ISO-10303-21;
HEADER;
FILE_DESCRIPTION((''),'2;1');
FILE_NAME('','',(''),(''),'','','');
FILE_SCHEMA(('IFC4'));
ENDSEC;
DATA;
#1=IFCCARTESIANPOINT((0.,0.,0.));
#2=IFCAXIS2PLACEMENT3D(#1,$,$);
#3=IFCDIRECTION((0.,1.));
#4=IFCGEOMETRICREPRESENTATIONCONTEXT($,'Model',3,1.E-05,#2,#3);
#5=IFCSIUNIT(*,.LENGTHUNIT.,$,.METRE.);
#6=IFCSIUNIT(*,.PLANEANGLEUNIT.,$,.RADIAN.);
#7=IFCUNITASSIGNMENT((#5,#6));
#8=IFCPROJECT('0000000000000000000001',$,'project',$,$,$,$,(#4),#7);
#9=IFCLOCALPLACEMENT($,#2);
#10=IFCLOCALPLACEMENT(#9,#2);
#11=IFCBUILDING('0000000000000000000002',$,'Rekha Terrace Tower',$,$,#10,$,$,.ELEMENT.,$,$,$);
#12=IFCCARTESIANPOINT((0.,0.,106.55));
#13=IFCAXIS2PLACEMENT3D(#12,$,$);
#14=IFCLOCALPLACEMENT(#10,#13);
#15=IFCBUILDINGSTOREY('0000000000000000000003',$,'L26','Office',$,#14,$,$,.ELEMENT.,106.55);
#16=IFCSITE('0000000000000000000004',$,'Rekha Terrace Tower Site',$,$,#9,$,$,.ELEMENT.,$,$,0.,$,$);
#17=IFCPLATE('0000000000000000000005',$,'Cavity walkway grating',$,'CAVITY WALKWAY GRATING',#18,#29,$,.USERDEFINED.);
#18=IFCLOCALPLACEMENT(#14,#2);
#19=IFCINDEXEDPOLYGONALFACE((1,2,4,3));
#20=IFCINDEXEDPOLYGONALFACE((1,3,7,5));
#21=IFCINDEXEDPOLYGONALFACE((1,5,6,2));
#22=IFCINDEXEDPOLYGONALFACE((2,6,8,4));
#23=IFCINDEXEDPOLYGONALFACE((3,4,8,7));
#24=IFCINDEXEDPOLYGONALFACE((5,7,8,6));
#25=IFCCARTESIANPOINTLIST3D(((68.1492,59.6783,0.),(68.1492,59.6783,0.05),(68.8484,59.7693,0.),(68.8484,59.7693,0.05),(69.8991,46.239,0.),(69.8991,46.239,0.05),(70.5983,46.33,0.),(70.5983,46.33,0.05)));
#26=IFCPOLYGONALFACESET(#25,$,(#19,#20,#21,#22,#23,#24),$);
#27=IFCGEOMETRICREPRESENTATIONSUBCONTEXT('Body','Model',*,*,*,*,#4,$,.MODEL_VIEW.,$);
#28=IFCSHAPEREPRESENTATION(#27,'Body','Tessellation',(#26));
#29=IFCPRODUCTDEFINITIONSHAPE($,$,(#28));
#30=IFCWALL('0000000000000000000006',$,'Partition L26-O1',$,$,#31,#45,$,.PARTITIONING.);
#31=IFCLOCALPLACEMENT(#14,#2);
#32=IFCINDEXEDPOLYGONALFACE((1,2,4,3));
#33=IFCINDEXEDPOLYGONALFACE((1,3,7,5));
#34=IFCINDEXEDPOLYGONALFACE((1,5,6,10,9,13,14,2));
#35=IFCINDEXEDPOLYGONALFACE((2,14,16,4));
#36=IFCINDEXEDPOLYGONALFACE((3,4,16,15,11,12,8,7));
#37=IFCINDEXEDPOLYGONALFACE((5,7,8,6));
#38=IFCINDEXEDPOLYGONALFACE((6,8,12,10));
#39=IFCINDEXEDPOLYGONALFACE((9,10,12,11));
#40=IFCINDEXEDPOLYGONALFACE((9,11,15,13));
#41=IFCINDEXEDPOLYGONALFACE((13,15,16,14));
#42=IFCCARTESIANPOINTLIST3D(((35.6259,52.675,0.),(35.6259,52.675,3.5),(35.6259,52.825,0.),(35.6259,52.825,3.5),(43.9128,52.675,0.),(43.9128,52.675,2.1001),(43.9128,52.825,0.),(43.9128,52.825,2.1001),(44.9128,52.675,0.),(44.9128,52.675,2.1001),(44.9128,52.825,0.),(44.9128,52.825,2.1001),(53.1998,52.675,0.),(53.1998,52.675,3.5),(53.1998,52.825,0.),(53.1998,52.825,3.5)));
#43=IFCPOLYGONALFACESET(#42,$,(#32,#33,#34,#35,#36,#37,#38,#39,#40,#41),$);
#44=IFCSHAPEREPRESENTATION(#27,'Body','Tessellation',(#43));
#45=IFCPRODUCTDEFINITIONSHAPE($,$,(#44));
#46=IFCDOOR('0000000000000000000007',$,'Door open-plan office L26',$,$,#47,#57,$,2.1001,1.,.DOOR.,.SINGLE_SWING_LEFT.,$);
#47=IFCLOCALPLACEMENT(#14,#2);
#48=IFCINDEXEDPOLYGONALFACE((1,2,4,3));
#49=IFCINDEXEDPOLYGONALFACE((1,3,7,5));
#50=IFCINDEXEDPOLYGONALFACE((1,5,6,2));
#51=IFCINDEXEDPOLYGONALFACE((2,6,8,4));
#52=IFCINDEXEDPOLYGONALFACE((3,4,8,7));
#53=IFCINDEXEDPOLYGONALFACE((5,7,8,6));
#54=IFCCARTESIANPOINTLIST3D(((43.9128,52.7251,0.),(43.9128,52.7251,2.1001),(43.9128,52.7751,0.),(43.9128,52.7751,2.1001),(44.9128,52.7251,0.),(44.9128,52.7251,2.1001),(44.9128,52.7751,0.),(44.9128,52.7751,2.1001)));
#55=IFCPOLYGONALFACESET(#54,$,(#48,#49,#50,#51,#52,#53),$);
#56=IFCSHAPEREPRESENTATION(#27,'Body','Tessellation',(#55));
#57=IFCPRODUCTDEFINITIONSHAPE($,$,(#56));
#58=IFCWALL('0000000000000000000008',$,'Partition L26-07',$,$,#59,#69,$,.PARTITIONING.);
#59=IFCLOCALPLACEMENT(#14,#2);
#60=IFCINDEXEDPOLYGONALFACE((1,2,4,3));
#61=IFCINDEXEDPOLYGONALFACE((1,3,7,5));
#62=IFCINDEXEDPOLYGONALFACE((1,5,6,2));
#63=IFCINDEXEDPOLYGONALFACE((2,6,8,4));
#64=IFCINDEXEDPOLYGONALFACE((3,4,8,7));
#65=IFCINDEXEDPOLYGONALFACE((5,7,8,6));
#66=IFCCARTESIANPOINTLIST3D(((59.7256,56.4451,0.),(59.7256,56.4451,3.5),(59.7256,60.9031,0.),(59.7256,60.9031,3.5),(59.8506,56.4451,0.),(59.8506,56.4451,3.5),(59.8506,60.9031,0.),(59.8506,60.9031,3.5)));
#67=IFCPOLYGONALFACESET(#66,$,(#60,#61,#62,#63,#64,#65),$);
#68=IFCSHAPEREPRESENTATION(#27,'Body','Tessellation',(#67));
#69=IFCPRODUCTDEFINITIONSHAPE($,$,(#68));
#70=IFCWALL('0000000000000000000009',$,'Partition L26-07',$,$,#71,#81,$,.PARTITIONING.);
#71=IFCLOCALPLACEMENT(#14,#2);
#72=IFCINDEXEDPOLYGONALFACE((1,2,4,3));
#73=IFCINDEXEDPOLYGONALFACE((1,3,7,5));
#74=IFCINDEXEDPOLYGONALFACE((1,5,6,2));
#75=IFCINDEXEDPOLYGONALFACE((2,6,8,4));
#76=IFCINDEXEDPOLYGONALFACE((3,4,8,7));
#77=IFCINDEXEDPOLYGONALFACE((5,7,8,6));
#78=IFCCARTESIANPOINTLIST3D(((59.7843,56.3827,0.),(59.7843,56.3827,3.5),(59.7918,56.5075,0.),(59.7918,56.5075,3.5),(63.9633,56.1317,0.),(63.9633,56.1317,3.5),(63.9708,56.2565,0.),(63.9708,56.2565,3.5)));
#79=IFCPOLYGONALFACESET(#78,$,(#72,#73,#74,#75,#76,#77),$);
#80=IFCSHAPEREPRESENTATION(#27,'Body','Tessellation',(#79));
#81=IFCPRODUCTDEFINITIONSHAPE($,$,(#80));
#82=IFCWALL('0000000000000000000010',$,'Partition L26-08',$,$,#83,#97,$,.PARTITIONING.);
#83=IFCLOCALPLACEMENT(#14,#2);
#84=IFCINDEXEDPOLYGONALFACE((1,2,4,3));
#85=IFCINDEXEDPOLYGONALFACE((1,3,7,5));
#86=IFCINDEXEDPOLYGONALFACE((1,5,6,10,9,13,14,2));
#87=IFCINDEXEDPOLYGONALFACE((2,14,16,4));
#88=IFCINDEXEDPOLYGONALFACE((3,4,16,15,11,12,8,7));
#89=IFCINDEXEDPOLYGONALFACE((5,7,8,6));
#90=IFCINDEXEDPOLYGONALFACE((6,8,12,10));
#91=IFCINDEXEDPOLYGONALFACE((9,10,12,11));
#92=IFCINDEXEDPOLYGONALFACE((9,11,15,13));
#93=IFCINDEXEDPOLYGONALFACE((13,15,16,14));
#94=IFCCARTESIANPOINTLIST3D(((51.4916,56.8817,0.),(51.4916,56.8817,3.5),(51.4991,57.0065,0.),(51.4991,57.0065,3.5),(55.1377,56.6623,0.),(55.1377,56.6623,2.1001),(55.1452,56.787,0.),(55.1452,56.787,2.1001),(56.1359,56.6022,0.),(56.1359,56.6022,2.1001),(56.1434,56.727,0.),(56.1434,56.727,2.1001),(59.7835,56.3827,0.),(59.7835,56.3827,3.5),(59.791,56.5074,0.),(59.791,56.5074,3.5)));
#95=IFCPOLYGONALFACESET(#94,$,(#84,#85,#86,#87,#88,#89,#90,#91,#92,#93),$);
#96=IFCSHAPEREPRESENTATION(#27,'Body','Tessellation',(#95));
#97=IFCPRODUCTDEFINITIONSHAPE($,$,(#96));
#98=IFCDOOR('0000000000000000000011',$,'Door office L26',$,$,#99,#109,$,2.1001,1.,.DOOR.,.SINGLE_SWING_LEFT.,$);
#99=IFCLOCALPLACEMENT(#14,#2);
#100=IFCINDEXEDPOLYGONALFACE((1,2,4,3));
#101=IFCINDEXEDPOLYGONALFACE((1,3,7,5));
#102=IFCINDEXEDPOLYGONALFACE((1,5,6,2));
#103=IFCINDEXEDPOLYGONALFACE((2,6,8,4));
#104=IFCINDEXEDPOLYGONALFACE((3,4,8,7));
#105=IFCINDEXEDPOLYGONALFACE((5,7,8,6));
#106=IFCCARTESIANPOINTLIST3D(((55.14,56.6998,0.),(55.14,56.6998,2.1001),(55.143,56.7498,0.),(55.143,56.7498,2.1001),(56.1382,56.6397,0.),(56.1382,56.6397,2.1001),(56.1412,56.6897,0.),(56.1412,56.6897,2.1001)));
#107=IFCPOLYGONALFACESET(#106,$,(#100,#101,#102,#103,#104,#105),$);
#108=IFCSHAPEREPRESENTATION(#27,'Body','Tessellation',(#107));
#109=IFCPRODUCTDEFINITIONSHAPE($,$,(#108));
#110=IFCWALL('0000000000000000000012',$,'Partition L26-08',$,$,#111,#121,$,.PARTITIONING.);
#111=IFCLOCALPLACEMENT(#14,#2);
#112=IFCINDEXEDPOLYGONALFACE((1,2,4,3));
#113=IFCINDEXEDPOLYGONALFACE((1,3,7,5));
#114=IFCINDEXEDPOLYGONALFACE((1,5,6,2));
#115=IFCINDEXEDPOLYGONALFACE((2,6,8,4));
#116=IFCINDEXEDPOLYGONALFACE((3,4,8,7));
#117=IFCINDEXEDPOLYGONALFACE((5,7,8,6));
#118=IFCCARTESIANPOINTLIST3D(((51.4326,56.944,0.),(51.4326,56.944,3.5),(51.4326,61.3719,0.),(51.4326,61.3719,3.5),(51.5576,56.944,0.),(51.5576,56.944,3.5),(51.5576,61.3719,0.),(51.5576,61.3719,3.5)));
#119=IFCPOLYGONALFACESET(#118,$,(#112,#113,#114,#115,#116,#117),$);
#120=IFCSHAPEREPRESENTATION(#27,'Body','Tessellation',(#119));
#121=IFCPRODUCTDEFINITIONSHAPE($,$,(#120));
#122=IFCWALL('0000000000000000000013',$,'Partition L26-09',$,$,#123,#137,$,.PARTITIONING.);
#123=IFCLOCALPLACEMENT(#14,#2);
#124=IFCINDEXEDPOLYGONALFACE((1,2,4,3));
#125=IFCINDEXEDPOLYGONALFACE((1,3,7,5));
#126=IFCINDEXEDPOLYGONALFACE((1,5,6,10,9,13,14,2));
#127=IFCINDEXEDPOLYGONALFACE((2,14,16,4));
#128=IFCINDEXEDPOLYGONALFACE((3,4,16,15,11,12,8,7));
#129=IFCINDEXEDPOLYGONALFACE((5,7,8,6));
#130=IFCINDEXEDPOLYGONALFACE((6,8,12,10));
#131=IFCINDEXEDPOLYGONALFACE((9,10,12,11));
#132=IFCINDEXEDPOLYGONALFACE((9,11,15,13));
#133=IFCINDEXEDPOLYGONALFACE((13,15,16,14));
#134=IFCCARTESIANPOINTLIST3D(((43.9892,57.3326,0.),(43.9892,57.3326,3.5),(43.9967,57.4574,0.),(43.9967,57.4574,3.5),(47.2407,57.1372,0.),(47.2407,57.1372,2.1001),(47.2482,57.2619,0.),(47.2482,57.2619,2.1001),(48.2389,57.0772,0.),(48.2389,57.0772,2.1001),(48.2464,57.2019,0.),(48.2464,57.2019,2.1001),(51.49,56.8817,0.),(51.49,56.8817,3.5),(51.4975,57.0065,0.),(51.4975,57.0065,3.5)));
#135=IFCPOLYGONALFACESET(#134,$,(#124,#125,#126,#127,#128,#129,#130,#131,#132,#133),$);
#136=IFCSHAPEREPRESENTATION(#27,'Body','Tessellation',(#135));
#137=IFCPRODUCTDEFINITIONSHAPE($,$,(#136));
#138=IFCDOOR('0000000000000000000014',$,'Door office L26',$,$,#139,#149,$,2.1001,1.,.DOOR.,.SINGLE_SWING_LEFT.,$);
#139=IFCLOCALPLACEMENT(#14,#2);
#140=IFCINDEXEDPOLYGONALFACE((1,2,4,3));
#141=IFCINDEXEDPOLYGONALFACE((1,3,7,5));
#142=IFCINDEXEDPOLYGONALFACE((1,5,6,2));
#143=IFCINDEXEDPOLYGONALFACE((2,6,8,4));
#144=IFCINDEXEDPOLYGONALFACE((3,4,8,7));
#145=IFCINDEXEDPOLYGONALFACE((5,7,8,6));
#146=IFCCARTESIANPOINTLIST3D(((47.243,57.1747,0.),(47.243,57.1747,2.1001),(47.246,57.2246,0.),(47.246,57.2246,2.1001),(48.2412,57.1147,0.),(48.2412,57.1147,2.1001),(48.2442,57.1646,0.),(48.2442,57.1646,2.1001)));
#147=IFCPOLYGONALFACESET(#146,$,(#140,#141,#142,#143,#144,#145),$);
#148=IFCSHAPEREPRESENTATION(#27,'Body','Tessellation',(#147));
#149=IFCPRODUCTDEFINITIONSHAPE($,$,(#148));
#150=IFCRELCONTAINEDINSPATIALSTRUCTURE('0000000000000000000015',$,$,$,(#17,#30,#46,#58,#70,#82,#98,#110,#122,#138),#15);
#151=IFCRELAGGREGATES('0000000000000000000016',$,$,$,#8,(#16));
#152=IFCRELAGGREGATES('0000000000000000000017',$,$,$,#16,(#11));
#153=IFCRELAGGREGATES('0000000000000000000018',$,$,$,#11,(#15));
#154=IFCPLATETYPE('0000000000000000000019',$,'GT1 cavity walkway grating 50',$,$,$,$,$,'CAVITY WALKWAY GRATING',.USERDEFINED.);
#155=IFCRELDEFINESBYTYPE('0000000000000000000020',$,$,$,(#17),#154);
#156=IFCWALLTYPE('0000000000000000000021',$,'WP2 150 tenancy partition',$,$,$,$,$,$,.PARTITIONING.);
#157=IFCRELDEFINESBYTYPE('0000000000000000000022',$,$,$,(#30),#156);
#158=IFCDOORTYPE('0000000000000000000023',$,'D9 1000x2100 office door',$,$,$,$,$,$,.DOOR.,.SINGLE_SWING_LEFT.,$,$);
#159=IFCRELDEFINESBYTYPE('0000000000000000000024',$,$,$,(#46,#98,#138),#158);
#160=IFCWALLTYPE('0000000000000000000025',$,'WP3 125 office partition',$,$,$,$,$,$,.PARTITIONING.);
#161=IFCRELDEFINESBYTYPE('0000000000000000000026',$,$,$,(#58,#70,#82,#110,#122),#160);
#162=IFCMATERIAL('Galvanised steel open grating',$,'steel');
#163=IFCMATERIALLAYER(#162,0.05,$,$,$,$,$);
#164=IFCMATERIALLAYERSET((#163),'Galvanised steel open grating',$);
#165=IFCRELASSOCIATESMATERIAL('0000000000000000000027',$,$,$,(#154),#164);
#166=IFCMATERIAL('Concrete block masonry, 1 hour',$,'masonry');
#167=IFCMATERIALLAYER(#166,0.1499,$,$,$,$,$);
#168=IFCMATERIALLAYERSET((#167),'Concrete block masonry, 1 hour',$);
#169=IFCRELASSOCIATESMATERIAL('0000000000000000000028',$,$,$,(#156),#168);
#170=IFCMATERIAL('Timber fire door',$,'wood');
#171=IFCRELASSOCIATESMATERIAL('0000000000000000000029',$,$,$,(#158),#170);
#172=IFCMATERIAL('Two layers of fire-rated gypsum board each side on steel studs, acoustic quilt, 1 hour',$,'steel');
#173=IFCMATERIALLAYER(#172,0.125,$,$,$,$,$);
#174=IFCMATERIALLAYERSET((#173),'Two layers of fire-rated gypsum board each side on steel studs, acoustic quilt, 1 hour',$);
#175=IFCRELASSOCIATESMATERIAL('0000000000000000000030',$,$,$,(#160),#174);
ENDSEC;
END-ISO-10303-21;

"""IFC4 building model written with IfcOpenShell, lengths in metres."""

from ifc_helpers import new_model, si_unit, direction, frame, frame_2d, origin, origin_2d, place, context, subcontext, project, spatial, rectangle, extrude, material, layer, layer_set, type_object, element, fill, save


model = new_model("IFC4")

# Units and contexts
model_context = context("Model", 3, precision=1e-05, world=origin(), true_north=direction((0.0, 1.0)))
body_context = subcontext(model_context, "Body", "Model", "MODEL_VIEW")
ifc_project = project(units=[si_unit("LENGTHUNIT", "METRE"), si_unit("PLANEANGLEUNIT", "RADIAN")], contexts=[model_context])

# Site, building, storey
site_placement = place(None, origin())
site = spatial("IfcSite", under=ifc_project, at=site_placement, Name="Rekha Terrace Tower Site", CompositionType="ELEMENT", RefElevation=0.0)
building_placement = place(site_placement, origin())
building = spatial("IfcBuilding", under=site, at=building_placement, Name="Rekha Terrace Tower", CompositionType="ELEMENT")
storey_placement = place(building_placement, frame((0.0, 0.0, 106.55)))
storey = spatial("IfcBuildingStorey", under=building, at=storey_placement, Name="L26", Description="Office", CompositionType="ELEMENT", Elevation=106.55)

# Plate
ifc_material_1 = material(Name="Galvanised steel open grating", Category="steel")
ifc_layer_1 = layer(ifc_material_1, 0.05)
ifc_layer_set_1 = layer_set([ifc_layer_1], Name="Galvanised steel open grating")
plate_type_1 = type_object("IfcPlateType", Name="GT1 cavity walkway grating 50", ElementType="CAVITY WALKWAY GRATING", PredefinedType="USERDEFINED", material=ifc_layer_set_1)
plate_1_placement = place(storey_placement, frame((69.3738, 53.0042, 0.0), z_axis=(0.0, 0.0, 1.0), x_axis=(-0.129118, 0.991629, 0.0)))
element("IfcPlate", 1, at=plate_1_placement, inside=storey, type_object=plate_type_1, Name="Cavity walkway grating", ObjectType="CAVITY WALKWAY GRATING", PredefinedType="USERDEFINED", context=body_context, shape_type="SweptSolid", body=[
    extrude(rectangle(XDim=13.5527, YDim=0.7051, at=origin_2d()), origin(), (0.0, 0.0, 1.0), 0.05),
])

# Wall, opening, door
ifc_material_2 = material(Name="Concrete block masonry, 1 hour", Category="masonry")
ifc_layer_2 = layer(ifc_material_2, 0.1499)
ifc_layer_set_2 = layer_set([ifc_layer_2], Name="Concrete block masonry, 1 hour")
wall_type_1 = type_object("IfcWallType", Name="WP2 150 tenancy partition", PredefinedType="PARTITIONING", material=ifc_layer_set_2)
wall_1_placement = place(storey_placement, frame((53.2, 52.75, 0.0), z_axis=(0.0, 0.0, 1.0), x_axis=(-1.0, 0.0, 0.0)))
wall_1 = element("IfcWall", 2, at=wall_1_placement, inside=storey, type_object=wall_type_1, Name="Partition L26-O1", PredefinedType="PARTITIONING", context=body_context, shape_type="SweptSolid", body=[
    extrude(rectangle(XDim=17.574, YDim=0.1499, at=frame_2d((8.7871, 0.0))), origin(), (0.0, 0.0, 1.0), 3.5),
])
opening_1_placement = place(wall_1_placement, frame((8.2871, 0.0, 0.0)))
opening_1 = element("IfcOpeningElement", 3, at=opening_1_placement, cuts=wall_1, PredefinedType="OPENING", context=body_context, shape_type="SweptSolid", body=[
    extrude(rectangle(XDim=1.0, YDim=2.1001, at=frame_2d((0.5, 1.05))), frame((0.0, 0.085, 0.0), z_axis=(0.0, -1.0, 0.0), x_axis=(1.0, 0.0, 0.0)), (0.0, 0.0, 1.0), 0.1699),
])
ifc_material_3 = material(Name="Timber fire door", Category="wood")
door_type = type_object("IfcDoorType", Name="D9 1000x2100 office door", OperationType="SINGLE_SWING_LEFT", PredefinedType="DOOR", material=ifc_material_3)
door_1_placement = place(opening_1_placement, origin())
door_1 = element("IfcDoor", 4, at=door_1_placement, inside=storey, type_object=door_type, Name="Door open-plan office L26", OperationType="SINGLE_SWING_LEFT", OverallHeight=2.1001, OverallWidth=1.0, PredefinedType="DOOR", context=body_context, shape_type="SweptSolid", body=[
    extrude(rectangle(XDim=1.0, YDim=2.1001, at=frame_2d((0.5, 1.05))), frame((0.0, 0.0249, 0.0), z_axis=(0.0, -1.0, 0.0), x_axis=(1.0, 0.0, 0.0)), (0.0, 0.0, 1.0), 0.05),
])
fill(opening_1, door_1)

# Walls
ifc_material_4 = material(Name="Two layers of fire-rated gypsum board each side on steel studs, acoustic quilt, 1 hour", Category="steel")
ifc_layer_3 = layer(ifc_material_4, 0.125)
ifc_layer_set_3 = layer_set([ifc_layer_3], Name="Two layers of fire-rated gypsum board each side on steel studs, acoustic quilt, 1 hour")
wall_type_2 = type_object("IfcWallType", Name="WP3 125 office partition", PredefinedType="PARTITIONING", material=ifc_layer_set_3)
wall_2_placement = place(storey_placement, frame((59.7881, 56.4451, 0.0), z_axis=(0.0, 0.0, 1.0), x_axis=(0.0, 1.0, 0.0)))
element("IfcWall", 5, at=wall_2_placement, inside=storey, type_object=wall_type_2, Name="Partition L26-07", PredefinedType="PARTITIONING", context=body_context, shape_type="SweptSolid", body=[
    extrude(rectangle(XDim=4.458, YDim=0.125, at=frame_2d((2.229, 0.0))), origin(), (0.0, 0.0, 1.0), 3.5),
])
wall_3_placement = place(storey_placement, frame((63.967, 56.1941, 0.0), z_axis=(0.0, 0.0, 1.0), x_axis=(-0.998201, 0.059949, 0.0)))
element("IfcWall", 6, at=wall_3_placement, inside=storey, type_object=wall_type_2, Name="Partition L26-07", PredefinedType="PARTITIONING", context=body_context, shape_type="SweptSolid", body=[
    extrude(rectangle(XDim=4.1865, YDim=0.125, at=frame_2d((2.0933, 0.0))), origin(), (0.0, 0.0, 1.0), 3.5),
])

# Wall, opening, door
wall_4_placement = place(storey_placement, frame((59.7871, 56.4451, 0.0), z_axis=(0.0, 0.0, 1.0), x_axis=(-0.998194, 0.060073, 0.0)))
wall_4 = element("IfcWall", 7, at=wall_4_placement, inside=storey, type_object=wall_type_2, Name="Partition L26-08", PredefinedType="PARTITIONING", context=body_context, shape_type="SweptSolid", body=[
    extrude(rectangle(XDim=8.3069, YDim=0.125, at=frame_2d((4.1533, 0.0))), origin(), (0.0, 0.0, 1.0), 3.5),
])
opening_2_placement = place(wall_4_placement, frame((3.6541, 0.0, 0.0)))
opening_2 = element("IfcOpeningElement", 8, at=opening_2_placement, cuts=wall_4, PredefinedType="OPENING", context=body_context, shape_type="SweptSolid", body=[
    extrude(rectangle(XDim=1.0, YDim=2.1001, at=frame_2d((0.5, 1.05))), frame((0.0, 0.0725, 0.0), z_axis=(0.0, -1.0, 0.0), x_axis=(1.0, 0.0, 0.0)), (0.0, 0.0, 1.0), 0.145),
])
door_2_placement = place(opening_2_placement, origin())
door_2 = element("IfcDoor", 9, at=door_2_placement, inside=storey, type_object=door_type, Name="Door office L26", OperationType="SINGLE_SWING_LEFT", OverallHeight=2.1001, OverallWidth=1.0, PredefinedType="DOOR", context=body_context, shape_type="SweptSolid", body=[
    extrude(rectangle(XDim=1.0, YDim=2.1001, at=frame_2d((0.5, 1.05))), frame((0.0, 0.0249, 0.0), z_axis=(0.0, -1.0, 0.0), x_axis=(1.0, 0.0, 0.0)), (0.0, 0.0, 1.0), 0.05),
])
fill(opening_2, door_2)

# Wall
wall_5_placement = place(storey_placement, frame((51.4951, 56.9441, 0.0), z_axis=(0.0, 0.0, 1.0), x_axis=(0.0, 1.0, 0.0)))
element("IfcWall", 10, at=wall_5_placement, inside=storey, type_object=wall_type_2, Name="Partition L26-08", PredefinedType="PARTITIONING", context=body_context, shape_type="SweptSolid", body=[
    extrude(rectangle(XDim=4.428, YDim=0.125, at=frame_2d((2.2139, 0.0))), origin(), (0.0, 0.0, 1.0), 3.5),
])

# Wall, opening, door
wall_6_placement = place(storey_placement, frame((51.4939, 56.9441, 0.0), z_axis=(0.0, 0.0, 1.0), x_axis=(-0.998198, 0.060008, 0.0)))
wall_6 = element("IfcWall", 11, at=wall_6_placement, inside=storey, type_object=wall_type_2, Name="Partition L26-09", PredefinedType="PARTITIONING", context=body_context, shape_type="SweptSolid", body=[
    extrude(rectangle(XDim=7.5144, YDim=0.125, at=frame_2d((3.7573, 0.0))), origin(), (0.0, 0.0, 1.0), 3.5),
])
opening_3_placement = place(wall_6_placement, frame((3.2571, 0.0, 0.0)))
opening_3 = element("IfcOpeningElement", 12, at=opening_3_placement, cuts=wall_6, PredefinedType="OPENING", context=body_context, shape_type="SweptSolid", body=[
    extrude(rectangle(XDim=1.0, YDim=2.1001, at=frame_2d((0.5, 1.05))), frame((0.0, 0.0725, 0.0), z_axis=(0.0, -1.0, 0.0), x_axis=(1.0, 0.0, 0.0)), (0.0, 0.0, 1.0), 0.145),
])
door_3_placement = place(opening_3_placement, origin())
door_3 = element("IfcDoor", 13, at=door_3_placement, inside=storey, type_object=door_type, Name="Door office L26", OperationType="SINGLE_SWING_LEFT", OverallHeight=2.1001, OverallWidth=1.0, PredefinedType="DOOR", context=body_context, shape_type="SweptSolid", body=[
    extrude(rectangle(XDim=1.0, YDim=2.1001, at=frame_2d((0.5, 1.05))), frame((0.0, 0.0249, 0.0), z_axis=(0.0, -1.0, 0.0), x_axis=(1.0, 0.0, 0.0)), (0.0, 0.0, 1.0), 0.05),
])
fill(opening_3, door_3)

save(model, "model.ifc")
